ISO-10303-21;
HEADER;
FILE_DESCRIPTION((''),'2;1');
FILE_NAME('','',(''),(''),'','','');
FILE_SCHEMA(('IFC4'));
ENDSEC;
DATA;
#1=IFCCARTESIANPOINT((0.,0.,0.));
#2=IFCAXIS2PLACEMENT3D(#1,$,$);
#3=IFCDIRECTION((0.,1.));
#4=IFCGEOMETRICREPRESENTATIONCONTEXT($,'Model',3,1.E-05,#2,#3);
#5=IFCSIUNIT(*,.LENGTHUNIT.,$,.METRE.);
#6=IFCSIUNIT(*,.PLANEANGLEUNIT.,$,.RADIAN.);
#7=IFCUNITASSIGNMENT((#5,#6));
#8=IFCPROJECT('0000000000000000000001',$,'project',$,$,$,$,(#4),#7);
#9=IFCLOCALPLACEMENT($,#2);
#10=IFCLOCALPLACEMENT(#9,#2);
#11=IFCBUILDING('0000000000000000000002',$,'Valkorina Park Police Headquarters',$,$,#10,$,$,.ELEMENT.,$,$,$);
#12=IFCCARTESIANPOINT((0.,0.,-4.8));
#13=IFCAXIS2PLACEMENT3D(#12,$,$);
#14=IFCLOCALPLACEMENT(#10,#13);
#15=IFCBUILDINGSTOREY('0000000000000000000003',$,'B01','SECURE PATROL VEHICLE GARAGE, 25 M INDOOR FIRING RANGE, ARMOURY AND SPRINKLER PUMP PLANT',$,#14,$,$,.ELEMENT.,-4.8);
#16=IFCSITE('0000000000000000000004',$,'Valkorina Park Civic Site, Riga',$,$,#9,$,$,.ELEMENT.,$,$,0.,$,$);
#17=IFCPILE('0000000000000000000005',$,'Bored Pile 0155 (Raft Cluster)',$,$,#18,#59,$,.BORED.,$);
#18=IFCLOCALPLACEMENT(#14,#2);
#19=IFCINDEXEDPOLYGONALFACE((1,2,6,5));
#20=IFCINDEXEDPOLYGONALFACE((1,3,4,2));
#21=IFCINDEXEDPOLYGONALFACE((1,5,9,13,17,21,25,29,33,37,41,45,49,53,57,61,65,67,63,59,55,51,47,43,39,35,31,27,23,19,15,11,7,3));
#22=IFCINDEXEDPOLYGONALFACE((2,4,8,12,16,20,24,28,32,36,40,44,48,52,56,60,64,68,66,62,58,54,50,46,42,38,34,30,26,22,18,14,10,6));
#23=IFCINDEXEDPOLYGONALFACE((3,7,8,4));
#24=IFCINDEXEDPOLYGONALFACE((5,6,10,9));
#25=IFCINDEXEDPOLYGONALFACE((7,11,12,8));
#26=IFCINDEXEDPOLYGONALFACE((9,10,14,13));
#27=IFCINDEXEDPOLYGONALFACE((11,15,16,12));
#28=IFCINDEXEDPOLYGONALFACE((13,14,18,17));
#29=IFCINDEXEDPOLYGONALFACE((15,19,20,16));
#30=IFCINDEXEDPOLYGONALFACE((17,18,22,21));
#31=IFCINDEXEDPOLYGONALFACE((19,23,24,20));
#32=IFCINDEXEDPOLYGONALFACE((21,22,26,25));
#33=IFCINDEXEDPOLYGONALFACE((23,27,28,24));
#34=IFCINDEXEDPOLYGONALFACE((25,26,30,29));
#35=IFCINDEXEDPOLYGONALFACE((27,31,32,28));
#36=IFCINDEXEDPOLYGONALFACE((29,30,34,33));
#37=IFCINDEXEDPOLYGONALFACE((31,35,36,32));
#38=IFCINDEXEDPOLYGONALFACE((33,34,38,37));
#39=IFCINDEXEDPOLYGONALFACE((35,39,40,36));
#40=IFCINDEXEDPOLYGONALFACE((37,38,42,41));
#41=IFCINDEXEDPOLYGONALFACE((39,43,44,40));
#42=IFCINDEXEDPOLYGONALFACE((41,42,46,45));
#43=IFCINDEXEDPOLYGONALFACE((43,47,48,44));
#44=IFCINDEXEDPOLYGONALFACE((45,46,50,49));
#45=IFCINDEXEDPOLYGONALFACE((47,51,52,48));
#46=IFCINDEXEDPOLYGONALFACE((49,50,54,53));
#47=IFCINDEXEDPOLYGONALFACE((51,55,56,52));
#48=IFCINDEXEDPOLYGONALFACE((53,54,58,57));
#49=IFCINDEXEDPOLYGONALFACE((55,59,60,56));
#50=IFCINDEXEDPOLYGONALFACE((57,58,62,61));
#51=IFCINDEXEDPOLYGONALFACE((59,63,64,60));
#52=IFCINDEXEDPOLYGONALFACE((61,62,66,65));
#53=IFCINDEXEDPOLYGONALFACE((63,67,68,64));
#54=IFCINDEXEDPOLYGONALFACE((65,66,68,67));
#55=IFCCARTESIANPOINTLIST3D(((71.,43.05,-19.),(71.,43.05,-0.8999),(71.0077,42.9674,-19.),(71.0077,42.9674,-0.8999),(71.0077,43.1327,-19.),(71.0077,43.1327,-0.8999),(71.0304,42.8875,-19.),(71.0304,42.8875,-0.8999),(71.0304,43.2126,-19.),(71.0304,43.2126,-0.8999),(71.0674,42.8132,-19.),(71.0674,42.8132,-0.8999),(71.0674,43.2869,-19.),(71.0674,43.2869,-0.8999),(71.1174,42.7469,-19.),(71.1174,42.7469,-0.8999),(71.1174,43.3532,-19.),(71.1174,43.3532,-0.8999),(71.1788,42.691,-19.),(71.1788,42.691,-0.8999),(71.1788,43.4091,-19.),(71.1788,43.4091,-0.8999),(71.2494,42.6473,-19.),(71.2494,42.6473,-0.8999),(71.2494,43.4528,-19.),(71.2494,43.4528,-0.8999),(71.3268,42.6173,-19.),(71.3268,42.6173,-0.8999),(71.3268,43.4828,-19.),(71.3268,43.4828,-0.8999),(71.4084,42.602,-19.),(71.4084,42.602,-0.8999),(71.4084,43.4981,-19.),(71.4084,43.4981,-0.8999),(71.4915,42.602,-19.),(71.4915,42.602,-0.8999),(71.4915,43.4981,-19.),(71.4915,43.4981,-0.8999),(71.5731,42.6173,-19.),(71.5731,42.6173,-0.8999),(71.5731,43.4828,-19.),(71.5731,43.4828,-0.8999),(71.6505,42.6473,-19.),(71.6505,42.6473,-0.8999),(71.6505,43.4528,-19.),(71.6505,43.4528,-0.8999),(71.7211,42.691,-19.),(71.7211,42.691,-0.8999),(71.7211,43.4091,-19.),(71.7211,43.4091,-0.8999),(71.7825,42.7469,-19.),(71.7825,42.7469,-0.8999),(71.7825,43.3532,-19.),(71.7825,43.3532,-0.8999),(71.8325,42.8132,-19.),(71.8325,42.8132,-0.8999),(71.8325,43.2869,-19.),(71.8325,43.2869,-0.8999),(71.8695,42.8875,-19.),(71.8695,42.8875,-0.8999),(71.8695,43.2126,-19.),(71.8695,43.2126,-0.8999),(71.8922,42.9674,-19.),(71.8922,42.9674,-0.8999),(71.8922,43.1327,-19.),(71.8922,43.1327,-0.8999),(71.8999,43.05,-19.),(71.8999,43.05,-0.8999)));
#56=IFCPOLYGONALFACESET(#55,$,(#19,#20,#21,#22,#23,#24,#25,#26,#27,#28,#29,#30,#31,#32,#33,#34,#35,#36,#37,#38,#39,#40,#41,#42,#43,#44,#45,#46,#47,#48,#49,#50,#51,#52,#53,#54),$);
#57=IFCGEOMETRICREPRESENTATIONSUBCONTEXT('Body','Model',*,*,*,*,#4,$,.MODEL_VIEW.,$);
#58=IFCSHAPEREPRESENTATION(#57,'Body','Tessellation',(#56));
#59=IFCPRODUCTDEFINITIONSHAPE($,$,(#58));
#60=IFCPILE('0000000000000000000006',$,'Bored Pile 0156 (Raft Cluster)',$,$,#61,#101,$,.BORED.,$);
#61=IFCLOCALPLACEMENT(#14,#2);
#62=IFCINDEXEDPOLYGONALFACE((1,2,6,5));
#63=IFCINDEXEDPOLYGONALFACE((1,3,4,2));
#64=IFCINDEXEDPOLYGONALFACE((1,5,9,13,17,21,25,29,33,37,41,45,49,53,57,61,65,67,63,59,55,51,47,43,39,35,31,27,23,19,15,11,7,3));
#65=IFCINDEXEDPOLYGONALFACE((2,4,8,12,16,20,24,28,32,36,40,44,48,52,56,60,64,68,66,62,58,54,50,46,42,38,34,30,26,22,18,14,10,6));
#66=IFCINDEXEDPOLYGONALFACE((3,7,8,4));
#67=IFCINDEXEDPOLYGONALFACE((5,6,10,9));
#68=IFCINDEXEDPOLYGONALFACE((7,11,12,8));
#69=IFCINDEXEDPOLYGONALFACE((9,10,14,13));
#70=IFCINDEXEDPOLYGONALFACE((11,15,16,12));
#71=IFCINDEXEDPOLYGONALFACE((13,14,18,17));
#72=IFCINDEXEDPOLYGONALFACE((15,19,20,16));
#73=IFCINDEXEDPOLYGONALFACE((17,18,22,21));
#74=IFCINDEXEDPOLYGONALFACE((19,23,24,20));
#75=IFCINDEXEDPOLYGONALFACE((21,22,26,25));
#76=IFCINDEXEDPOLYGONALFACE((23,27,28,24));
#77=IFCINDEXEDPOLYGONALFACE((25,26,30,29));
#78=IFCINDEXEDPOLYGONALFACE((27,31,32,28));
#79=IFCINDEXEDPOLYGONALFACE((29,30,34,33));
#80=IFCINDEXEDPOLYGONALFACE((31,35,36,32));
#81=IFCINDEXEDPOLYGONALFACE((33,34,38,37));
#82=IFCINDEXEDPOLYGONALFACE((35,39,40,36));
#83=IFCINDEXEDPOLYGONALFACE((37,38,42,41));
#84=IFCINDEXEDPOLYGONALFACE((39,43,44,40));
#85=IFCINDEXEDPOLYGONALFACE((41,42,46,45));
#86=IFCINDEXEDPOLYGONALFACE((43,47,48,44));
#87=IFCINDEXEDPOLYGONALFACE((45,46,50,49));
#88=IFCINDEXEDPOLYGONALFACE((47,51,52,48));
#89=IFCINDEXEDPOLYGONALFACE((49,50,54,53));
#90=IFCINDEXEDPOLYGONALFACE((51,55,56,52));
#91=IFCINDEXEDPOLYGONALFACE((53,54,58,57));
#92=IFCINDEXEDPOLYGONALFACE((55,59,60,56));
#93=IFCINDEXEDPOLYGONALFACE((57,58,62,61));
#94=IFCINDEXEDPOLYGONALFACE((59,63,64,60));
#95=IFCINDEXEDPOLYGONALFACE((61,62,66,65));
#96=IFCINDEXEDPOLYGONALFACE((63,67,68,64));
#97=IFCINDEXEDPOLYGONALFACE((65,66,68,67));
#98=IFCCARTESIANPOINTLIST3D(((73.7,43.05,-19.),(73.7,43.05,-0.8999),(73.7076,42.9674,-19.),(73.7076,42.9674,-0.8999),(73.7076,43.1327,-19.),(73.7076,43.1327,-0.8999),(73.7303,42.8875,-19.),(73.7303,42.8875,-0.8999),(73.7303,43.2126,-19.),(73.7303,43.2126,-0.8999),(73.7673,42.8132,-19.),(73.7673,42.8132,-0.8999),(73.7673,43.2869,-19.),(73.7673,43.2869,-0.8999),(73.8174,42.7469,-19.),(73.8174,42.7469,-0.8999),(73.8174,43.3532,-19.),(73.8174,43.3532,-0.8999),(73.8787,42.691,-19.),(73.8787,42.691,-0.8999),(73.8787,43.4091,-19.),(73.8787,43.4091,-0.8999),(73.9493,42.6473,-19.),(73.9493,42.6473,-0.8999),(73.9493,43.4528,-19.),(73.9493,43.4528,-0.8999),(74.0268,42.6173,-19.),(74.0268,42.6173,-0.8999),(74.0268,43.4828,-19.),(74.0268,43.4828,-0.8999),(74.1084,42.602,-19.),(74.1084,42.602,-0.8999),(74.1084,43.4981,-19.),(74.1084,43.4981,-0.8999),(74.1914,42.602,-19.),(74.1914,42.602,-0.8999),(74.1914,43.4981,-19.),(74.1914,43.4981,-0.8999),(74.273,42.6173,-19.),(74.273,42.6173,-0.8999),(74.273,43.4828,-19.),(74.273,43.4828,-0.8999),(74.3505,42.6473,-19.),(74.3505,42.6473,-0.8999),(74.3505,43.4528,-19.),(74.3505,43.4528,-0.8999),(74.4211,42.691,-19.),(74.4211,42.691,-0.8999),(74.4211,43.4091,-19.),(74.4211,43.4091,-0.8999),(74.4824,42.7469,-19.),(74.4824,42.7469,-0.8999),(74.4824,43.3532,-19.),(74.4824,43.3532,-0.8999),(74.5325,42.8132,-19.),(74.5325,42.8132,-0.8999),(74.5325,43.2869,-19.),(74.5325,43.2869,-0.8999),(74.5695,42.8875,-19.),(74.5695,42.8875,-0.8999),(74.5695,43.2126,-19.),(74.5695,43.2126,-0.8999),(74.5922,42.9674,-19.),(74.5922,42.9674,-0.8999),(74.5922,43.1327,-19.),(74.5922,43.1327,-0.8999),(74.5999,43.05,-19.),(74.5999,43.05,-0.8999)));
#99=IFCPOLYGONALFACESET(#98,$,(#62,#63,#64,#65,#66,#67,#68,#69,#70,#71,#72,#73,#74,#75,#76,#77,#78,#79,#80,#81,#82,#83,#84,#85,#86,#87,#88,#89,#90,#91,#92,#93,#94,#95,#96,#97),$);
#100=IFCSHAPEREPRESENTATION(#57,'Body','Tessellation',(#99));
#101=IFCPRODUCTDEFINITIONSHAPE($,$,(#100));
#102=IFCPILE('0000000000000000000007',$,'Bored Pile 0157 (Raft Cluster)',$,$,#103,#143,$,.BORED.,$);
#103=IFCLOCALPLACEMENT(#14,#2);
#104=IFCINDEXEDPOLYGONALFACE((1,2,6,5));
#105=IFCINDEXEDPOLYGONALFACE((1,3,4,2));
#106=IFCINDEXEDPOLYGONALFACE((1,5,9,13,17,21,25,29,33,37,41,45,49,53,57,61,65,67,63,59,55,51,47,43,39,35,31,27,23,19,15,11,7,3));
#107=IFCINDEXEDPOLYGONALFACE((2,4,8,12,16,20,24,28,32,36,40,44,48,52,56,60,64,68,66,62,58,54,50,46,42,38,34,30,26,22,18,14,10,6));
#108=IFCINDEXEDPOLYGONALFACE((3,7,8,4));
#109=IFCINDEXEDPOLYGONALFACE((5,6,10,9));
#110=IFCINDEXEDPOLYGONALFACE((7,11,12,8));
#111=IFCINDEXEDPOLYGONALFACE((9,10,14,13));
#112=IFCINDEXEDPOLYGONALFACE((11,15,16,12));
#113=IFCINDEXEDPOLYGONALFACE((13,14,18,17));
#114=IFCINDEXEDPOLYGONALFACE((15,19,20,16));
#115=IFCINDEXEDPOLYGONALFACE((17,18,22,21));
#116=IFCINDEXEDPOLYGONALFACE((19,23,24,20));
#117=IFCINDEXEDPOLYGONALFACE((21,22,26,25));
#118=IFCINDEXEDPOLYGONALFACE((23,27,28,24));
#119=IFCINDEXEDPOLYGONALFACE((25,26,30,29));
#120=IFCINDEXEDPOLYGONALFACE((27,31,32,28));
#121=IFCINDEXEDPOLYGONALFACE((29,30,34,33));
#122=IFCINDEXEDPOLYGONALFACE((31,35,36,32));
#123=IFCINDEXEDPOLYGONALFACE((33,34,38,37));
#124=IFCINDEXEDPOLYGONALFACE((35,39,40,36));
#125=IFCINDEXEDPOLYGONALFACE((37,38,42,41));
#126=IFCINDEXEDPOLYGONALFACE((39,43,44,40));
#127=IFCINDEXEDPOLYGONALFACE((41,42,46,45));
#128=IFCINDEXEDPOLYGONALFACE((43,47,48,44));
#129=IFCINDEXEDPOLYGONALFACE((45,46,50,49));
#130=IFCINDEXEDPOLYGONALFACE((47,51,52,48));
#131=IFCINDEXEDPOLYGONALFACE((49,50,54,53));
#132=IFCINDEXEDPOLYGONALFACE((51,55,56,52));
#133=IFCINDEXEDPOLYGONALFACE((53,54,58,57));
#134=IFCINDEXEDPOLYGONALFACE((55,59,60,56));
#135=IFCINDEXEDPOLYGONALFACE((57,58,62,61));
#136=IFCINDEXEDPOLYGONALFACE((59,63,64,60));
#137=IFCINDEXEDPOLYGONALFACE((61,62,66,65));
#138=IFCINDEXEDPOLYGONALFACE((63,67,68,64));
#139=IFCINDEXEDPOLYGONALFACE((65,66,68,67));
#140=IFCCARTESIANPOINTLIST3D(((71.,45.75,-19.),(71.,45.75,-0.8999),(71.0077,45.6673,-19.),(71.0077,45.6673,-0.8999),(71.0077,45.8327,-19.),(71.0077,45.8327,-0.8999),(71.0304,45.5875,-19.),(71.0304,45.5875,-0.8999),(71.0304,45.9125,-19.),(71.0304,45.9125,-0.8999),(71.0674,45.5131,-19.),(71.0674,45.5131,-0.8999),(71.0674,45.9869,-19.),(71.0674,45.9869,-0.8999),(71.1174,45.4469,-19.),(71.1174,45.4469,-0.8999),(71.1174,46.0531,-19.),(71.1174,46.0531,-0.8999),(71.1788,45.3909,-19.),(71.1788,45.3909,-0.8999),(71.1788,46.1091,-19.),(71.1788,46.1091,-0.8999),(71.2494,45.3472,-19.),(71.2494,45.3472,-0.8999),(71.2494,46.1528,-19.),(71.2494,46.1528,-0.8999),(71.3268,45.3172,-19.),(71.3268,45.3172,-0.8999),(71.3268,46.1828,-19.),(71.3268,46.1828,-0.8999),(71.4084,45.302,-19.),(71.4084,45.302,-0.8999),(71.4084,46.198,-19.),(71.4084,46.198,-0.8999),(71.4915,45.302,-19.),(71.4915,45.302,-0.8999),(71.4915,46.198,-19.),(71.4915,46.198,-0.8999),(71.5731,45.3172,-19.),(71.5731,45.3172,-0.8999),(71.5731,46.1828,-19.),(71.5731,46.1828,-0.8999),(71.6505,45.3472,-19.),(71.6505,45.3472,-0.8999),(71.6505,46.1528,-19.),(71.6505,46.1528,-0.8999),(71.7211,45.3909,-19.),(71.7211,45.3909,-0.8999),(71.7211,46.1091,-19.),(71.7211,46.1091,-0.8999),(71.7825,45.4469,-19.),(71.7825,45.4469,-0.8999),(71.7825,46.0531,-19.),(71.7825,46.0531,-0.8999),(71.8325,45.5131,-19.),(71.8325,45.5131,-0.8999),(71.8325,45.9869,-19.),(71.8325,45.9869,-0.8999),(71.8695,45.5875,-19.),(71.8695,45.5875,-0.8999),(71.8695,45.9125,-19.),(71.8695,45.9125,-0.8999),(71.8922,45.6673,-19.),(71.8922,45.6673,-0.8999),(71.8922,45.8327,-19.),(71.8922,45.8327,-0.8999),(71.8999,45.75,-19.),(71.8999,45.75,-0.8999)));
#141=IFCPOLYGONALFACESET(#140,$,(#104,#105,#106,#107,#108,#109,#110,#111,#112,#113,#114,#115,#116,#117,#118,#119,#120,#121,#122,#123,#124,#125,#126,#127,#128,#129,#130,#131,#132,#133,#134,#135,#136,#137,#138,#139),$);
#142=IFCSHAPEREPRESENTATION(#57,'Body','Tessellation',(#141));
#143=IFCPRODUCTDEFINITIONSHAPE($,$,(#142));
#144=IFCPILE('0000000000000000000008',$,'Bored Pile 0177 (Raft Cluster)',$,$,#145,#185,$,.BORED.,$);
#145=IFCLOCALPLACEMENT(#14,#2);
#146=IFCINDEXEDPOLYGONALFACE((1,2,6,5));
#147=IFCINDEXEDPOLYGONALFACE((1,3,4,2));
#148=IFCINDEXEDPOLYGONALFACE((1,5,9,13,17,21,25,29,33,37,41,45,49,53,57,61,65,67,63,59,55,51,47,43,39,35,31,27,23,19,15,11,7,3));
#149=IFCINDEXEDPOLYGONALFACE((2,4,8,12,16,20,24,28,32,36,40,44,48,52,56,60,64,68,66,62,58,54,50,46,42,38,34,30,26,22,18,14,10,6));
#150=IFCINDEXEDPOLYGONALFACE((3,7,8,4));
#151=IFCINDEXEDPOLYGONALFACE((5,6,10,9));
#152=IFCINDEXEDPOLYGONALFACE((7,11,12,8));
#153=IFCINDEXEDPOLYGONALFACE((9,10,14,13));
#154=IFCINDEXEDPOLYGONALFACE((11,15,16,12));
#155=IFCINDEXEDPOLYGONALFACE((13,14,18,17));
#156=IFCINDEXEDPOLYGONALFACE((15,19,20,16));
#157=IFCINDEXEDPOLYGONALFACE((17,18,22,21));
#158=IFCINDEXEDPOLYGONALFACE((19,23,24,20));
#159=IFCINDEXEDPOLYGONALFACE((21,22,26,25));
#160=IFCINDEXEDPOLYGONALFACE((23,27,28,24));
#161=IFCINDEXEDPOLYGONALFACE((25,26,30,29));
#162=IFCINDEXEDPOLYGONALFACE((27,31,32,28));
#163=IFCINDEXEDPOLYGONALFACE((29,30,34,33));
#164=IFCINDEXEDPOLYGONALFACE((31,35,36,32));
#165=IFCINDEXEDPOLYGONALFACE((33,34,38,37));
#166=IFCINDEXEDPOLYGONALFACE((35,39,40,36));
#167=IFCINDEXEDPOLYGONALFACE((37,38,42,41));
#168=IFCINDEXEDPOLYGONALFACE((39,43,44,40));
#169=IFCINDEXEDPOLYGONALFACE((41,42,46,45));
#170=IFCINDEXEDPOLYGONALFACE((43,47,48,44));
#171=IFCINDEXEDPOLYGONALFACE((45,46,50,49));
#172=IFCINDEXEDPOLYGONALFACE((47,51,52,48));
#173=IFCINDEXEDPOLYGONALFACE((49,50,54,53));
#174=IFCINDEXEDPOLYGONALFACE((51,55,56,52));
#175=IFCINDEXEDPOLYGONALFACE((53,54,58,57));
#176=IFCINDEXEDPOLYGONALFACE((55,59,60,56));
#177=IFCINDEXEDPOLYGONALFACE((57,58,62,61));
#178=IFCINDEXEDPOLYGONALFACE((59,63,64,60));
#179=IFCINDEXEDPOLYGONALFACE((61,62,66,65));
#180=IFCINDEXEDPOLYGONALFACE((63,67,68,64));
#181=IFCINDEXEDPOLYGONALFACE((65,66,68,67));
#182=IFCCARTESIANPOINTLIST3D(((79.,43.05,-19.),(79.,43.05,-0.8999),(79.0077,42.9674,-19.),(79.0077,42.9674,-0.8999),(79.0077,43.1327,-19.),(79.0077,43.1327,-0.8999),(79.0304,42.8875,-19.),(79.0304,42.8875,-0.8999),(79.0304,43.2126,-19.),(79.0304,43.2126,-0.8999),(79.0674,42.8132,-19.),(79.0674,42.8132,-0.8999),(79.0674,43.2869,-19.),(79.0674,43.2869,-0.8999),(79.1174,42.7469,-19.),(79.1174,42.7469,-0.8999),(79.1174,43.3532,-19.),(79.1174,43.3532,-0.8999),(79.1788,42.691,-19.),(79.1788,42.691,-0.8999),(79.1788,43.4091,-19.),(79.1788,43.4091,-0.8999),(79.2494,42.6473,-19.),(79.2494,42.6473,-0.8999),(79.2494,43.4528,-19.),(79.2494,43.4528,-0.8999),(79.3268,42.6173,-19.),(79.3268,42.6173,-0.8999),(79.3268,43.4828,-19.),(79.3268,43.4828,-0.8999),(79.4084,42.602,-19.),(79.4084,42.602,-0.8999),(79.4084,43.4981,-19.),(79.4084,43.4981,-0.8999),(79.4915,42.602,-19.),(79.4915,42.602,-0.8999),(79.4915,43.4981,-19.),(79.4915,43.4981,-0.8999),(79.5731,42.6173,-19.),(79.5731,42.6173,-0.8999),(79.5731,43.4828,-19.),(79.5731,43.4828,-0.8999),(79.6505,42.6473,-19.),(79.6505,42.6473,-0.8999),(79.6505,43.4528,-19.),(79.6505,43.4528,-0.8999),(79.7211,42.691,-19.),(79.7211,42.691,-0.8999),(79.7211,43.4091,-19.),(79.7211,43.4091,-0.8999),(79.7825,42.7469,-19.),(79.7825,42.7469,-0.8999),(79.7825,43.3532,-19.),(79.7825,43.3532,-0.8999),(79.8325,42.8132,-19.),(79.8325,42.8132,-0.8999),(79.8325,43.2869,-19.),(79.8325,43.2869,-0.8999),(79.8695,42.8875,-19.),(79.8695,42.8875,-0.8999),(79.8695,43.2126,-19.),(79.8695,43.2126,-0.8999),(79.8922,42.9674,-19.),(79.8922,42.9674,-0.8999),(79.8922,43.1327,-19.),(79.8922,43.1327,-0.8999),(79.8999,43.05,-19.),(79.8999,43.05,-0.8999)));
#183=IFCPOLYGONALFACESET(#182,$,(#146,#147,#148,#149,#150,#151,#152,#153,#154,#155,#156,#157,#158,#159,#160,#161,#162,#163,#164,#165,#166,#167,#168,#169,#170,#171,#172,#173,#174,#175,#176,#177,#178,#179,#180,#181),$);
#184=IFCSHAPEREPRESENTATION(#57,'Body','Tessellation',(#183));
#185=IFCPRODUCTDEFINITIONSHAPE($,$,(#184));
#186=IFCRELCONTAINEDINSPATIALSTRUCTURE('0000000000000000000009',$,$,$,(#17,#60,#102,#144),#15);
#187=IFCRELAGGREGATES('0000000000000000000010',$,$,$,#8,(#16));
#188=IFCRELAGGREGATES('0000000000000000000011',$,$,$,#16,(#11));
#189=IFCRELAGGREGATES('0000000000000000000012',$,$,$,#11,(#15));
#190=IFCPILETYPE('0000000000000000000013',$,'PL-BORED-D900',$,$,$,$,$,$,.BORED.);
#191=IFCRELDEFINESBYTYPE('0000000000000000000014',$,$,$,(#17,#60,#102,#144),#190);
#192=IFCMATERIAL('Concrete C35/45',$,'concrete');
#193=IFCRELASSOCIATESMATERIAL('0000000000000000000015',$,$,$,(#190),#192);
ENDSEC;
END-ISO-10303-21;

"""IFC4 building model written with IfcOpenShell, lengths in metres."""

from ifc_helpers import new_model, si_unit, direction, frame, origin, origin_2d, place, context, subcontext, project, spatial, circle, extrude, material, material_profile, profile_set, type_object, element, save


model = new_model("IFC4")

# Units and contexts
model_context = context("Model", 3, precision=1e-05, world=origin(), true_north=direction((0.0, 1.0)))
body_context = subcontext(model_context, "Body", "Model", "MODEL_VIEW")
ifc_project = project(units=[si_unit("LENGTHUNIT", "METRE"), si_unit("PLANEANGLEUNIT", "RADIAN")], contexts=[model_context])

# Site, building, storey
site_placement = place(None, origin())
site = spatial("IfcSite", under=ifc_project, at=site_placement, Name="Valkorina Park Civic Site, Riga", CompositionType="ELEMENT", RefElevation=0.0)
building_placement = place(site_placement, origin())
building = spatial("IfcBuilding", under=site, at=building_placement, Name="Valkorina Park Police Headquarters", CompositionType="ELEMENT")
storey_placement = place(building_placement, frame((0.0, 0.0, -4.8)))
storey = spatial("IfcBuildingStorey", under=building, at=storey_placement, Name="B01", Description="SECURE PATROL VEHICLE GARAGE, 25 M INDOOR FIRING RANGE, ARMOURY AND SPRINKLER PUMP PLANT", CompositionType="ELEMENT", Elevation=-4.8)

# Piles
ifc_material_1 = material(Name="Concrete C35/45", Category="concrete")
ifc_material_profile_1 = material_profile(ifc_material_1, circle(Radius=0.45, at=origin_2d()), Name="BORED PILE D900")
ifc_profile_set_1 = profile_set([ifc_material_profile_1], Name="Concrete C35/45")
pile_type_1 = type_object("IfcPileType", Name="PL-BORED-D900", PredefinedType="BORED", material=ifc_profile_set_1)
for number, where, z_axis, x_axis, name in (
    (1, (71.45, 43.05, -0.8999), (0.0, 0.0, -1.0), (1.0, 0.0, 0.0), "Bored Pile 0155 (Raft Cluster)"),
    (2, (74.1499, 43.05, -0.8999), (0.0, 0.0, -1.0), (1.0, 0.0, 0.0), "Bored Pile 0156 (Raft Cluster)"),
    (3, (71.45, 45.75, -0.8999), (0.0, 0.0, -1.0), (1.0, 0.0, 0.0), "Bored Pile 0157 (Raft Cluster)"),
    (4, (79.45, 43.05, -0.8999), (0.0, 0.0, -1.0), (1.0, 0.0, 0.0), "Bored Pile 0177 (Raft Cluster)"),
):
    element("IfcPile", number, at=place(storey_placement, frame(where, z_axis=z_axis, x_axis=x_axis)), inside=storey, type_object=pile_type_1, Name=name, PredefinedType="BORED", context=body_context, shape_type="SweptSolid", body=[
        extrude(circle(Radius=0.45, at=origin_2d()), origin(), (0.0, 0.0, 1.0), 18.1001),
    ])

save(model, "model.ifc")
